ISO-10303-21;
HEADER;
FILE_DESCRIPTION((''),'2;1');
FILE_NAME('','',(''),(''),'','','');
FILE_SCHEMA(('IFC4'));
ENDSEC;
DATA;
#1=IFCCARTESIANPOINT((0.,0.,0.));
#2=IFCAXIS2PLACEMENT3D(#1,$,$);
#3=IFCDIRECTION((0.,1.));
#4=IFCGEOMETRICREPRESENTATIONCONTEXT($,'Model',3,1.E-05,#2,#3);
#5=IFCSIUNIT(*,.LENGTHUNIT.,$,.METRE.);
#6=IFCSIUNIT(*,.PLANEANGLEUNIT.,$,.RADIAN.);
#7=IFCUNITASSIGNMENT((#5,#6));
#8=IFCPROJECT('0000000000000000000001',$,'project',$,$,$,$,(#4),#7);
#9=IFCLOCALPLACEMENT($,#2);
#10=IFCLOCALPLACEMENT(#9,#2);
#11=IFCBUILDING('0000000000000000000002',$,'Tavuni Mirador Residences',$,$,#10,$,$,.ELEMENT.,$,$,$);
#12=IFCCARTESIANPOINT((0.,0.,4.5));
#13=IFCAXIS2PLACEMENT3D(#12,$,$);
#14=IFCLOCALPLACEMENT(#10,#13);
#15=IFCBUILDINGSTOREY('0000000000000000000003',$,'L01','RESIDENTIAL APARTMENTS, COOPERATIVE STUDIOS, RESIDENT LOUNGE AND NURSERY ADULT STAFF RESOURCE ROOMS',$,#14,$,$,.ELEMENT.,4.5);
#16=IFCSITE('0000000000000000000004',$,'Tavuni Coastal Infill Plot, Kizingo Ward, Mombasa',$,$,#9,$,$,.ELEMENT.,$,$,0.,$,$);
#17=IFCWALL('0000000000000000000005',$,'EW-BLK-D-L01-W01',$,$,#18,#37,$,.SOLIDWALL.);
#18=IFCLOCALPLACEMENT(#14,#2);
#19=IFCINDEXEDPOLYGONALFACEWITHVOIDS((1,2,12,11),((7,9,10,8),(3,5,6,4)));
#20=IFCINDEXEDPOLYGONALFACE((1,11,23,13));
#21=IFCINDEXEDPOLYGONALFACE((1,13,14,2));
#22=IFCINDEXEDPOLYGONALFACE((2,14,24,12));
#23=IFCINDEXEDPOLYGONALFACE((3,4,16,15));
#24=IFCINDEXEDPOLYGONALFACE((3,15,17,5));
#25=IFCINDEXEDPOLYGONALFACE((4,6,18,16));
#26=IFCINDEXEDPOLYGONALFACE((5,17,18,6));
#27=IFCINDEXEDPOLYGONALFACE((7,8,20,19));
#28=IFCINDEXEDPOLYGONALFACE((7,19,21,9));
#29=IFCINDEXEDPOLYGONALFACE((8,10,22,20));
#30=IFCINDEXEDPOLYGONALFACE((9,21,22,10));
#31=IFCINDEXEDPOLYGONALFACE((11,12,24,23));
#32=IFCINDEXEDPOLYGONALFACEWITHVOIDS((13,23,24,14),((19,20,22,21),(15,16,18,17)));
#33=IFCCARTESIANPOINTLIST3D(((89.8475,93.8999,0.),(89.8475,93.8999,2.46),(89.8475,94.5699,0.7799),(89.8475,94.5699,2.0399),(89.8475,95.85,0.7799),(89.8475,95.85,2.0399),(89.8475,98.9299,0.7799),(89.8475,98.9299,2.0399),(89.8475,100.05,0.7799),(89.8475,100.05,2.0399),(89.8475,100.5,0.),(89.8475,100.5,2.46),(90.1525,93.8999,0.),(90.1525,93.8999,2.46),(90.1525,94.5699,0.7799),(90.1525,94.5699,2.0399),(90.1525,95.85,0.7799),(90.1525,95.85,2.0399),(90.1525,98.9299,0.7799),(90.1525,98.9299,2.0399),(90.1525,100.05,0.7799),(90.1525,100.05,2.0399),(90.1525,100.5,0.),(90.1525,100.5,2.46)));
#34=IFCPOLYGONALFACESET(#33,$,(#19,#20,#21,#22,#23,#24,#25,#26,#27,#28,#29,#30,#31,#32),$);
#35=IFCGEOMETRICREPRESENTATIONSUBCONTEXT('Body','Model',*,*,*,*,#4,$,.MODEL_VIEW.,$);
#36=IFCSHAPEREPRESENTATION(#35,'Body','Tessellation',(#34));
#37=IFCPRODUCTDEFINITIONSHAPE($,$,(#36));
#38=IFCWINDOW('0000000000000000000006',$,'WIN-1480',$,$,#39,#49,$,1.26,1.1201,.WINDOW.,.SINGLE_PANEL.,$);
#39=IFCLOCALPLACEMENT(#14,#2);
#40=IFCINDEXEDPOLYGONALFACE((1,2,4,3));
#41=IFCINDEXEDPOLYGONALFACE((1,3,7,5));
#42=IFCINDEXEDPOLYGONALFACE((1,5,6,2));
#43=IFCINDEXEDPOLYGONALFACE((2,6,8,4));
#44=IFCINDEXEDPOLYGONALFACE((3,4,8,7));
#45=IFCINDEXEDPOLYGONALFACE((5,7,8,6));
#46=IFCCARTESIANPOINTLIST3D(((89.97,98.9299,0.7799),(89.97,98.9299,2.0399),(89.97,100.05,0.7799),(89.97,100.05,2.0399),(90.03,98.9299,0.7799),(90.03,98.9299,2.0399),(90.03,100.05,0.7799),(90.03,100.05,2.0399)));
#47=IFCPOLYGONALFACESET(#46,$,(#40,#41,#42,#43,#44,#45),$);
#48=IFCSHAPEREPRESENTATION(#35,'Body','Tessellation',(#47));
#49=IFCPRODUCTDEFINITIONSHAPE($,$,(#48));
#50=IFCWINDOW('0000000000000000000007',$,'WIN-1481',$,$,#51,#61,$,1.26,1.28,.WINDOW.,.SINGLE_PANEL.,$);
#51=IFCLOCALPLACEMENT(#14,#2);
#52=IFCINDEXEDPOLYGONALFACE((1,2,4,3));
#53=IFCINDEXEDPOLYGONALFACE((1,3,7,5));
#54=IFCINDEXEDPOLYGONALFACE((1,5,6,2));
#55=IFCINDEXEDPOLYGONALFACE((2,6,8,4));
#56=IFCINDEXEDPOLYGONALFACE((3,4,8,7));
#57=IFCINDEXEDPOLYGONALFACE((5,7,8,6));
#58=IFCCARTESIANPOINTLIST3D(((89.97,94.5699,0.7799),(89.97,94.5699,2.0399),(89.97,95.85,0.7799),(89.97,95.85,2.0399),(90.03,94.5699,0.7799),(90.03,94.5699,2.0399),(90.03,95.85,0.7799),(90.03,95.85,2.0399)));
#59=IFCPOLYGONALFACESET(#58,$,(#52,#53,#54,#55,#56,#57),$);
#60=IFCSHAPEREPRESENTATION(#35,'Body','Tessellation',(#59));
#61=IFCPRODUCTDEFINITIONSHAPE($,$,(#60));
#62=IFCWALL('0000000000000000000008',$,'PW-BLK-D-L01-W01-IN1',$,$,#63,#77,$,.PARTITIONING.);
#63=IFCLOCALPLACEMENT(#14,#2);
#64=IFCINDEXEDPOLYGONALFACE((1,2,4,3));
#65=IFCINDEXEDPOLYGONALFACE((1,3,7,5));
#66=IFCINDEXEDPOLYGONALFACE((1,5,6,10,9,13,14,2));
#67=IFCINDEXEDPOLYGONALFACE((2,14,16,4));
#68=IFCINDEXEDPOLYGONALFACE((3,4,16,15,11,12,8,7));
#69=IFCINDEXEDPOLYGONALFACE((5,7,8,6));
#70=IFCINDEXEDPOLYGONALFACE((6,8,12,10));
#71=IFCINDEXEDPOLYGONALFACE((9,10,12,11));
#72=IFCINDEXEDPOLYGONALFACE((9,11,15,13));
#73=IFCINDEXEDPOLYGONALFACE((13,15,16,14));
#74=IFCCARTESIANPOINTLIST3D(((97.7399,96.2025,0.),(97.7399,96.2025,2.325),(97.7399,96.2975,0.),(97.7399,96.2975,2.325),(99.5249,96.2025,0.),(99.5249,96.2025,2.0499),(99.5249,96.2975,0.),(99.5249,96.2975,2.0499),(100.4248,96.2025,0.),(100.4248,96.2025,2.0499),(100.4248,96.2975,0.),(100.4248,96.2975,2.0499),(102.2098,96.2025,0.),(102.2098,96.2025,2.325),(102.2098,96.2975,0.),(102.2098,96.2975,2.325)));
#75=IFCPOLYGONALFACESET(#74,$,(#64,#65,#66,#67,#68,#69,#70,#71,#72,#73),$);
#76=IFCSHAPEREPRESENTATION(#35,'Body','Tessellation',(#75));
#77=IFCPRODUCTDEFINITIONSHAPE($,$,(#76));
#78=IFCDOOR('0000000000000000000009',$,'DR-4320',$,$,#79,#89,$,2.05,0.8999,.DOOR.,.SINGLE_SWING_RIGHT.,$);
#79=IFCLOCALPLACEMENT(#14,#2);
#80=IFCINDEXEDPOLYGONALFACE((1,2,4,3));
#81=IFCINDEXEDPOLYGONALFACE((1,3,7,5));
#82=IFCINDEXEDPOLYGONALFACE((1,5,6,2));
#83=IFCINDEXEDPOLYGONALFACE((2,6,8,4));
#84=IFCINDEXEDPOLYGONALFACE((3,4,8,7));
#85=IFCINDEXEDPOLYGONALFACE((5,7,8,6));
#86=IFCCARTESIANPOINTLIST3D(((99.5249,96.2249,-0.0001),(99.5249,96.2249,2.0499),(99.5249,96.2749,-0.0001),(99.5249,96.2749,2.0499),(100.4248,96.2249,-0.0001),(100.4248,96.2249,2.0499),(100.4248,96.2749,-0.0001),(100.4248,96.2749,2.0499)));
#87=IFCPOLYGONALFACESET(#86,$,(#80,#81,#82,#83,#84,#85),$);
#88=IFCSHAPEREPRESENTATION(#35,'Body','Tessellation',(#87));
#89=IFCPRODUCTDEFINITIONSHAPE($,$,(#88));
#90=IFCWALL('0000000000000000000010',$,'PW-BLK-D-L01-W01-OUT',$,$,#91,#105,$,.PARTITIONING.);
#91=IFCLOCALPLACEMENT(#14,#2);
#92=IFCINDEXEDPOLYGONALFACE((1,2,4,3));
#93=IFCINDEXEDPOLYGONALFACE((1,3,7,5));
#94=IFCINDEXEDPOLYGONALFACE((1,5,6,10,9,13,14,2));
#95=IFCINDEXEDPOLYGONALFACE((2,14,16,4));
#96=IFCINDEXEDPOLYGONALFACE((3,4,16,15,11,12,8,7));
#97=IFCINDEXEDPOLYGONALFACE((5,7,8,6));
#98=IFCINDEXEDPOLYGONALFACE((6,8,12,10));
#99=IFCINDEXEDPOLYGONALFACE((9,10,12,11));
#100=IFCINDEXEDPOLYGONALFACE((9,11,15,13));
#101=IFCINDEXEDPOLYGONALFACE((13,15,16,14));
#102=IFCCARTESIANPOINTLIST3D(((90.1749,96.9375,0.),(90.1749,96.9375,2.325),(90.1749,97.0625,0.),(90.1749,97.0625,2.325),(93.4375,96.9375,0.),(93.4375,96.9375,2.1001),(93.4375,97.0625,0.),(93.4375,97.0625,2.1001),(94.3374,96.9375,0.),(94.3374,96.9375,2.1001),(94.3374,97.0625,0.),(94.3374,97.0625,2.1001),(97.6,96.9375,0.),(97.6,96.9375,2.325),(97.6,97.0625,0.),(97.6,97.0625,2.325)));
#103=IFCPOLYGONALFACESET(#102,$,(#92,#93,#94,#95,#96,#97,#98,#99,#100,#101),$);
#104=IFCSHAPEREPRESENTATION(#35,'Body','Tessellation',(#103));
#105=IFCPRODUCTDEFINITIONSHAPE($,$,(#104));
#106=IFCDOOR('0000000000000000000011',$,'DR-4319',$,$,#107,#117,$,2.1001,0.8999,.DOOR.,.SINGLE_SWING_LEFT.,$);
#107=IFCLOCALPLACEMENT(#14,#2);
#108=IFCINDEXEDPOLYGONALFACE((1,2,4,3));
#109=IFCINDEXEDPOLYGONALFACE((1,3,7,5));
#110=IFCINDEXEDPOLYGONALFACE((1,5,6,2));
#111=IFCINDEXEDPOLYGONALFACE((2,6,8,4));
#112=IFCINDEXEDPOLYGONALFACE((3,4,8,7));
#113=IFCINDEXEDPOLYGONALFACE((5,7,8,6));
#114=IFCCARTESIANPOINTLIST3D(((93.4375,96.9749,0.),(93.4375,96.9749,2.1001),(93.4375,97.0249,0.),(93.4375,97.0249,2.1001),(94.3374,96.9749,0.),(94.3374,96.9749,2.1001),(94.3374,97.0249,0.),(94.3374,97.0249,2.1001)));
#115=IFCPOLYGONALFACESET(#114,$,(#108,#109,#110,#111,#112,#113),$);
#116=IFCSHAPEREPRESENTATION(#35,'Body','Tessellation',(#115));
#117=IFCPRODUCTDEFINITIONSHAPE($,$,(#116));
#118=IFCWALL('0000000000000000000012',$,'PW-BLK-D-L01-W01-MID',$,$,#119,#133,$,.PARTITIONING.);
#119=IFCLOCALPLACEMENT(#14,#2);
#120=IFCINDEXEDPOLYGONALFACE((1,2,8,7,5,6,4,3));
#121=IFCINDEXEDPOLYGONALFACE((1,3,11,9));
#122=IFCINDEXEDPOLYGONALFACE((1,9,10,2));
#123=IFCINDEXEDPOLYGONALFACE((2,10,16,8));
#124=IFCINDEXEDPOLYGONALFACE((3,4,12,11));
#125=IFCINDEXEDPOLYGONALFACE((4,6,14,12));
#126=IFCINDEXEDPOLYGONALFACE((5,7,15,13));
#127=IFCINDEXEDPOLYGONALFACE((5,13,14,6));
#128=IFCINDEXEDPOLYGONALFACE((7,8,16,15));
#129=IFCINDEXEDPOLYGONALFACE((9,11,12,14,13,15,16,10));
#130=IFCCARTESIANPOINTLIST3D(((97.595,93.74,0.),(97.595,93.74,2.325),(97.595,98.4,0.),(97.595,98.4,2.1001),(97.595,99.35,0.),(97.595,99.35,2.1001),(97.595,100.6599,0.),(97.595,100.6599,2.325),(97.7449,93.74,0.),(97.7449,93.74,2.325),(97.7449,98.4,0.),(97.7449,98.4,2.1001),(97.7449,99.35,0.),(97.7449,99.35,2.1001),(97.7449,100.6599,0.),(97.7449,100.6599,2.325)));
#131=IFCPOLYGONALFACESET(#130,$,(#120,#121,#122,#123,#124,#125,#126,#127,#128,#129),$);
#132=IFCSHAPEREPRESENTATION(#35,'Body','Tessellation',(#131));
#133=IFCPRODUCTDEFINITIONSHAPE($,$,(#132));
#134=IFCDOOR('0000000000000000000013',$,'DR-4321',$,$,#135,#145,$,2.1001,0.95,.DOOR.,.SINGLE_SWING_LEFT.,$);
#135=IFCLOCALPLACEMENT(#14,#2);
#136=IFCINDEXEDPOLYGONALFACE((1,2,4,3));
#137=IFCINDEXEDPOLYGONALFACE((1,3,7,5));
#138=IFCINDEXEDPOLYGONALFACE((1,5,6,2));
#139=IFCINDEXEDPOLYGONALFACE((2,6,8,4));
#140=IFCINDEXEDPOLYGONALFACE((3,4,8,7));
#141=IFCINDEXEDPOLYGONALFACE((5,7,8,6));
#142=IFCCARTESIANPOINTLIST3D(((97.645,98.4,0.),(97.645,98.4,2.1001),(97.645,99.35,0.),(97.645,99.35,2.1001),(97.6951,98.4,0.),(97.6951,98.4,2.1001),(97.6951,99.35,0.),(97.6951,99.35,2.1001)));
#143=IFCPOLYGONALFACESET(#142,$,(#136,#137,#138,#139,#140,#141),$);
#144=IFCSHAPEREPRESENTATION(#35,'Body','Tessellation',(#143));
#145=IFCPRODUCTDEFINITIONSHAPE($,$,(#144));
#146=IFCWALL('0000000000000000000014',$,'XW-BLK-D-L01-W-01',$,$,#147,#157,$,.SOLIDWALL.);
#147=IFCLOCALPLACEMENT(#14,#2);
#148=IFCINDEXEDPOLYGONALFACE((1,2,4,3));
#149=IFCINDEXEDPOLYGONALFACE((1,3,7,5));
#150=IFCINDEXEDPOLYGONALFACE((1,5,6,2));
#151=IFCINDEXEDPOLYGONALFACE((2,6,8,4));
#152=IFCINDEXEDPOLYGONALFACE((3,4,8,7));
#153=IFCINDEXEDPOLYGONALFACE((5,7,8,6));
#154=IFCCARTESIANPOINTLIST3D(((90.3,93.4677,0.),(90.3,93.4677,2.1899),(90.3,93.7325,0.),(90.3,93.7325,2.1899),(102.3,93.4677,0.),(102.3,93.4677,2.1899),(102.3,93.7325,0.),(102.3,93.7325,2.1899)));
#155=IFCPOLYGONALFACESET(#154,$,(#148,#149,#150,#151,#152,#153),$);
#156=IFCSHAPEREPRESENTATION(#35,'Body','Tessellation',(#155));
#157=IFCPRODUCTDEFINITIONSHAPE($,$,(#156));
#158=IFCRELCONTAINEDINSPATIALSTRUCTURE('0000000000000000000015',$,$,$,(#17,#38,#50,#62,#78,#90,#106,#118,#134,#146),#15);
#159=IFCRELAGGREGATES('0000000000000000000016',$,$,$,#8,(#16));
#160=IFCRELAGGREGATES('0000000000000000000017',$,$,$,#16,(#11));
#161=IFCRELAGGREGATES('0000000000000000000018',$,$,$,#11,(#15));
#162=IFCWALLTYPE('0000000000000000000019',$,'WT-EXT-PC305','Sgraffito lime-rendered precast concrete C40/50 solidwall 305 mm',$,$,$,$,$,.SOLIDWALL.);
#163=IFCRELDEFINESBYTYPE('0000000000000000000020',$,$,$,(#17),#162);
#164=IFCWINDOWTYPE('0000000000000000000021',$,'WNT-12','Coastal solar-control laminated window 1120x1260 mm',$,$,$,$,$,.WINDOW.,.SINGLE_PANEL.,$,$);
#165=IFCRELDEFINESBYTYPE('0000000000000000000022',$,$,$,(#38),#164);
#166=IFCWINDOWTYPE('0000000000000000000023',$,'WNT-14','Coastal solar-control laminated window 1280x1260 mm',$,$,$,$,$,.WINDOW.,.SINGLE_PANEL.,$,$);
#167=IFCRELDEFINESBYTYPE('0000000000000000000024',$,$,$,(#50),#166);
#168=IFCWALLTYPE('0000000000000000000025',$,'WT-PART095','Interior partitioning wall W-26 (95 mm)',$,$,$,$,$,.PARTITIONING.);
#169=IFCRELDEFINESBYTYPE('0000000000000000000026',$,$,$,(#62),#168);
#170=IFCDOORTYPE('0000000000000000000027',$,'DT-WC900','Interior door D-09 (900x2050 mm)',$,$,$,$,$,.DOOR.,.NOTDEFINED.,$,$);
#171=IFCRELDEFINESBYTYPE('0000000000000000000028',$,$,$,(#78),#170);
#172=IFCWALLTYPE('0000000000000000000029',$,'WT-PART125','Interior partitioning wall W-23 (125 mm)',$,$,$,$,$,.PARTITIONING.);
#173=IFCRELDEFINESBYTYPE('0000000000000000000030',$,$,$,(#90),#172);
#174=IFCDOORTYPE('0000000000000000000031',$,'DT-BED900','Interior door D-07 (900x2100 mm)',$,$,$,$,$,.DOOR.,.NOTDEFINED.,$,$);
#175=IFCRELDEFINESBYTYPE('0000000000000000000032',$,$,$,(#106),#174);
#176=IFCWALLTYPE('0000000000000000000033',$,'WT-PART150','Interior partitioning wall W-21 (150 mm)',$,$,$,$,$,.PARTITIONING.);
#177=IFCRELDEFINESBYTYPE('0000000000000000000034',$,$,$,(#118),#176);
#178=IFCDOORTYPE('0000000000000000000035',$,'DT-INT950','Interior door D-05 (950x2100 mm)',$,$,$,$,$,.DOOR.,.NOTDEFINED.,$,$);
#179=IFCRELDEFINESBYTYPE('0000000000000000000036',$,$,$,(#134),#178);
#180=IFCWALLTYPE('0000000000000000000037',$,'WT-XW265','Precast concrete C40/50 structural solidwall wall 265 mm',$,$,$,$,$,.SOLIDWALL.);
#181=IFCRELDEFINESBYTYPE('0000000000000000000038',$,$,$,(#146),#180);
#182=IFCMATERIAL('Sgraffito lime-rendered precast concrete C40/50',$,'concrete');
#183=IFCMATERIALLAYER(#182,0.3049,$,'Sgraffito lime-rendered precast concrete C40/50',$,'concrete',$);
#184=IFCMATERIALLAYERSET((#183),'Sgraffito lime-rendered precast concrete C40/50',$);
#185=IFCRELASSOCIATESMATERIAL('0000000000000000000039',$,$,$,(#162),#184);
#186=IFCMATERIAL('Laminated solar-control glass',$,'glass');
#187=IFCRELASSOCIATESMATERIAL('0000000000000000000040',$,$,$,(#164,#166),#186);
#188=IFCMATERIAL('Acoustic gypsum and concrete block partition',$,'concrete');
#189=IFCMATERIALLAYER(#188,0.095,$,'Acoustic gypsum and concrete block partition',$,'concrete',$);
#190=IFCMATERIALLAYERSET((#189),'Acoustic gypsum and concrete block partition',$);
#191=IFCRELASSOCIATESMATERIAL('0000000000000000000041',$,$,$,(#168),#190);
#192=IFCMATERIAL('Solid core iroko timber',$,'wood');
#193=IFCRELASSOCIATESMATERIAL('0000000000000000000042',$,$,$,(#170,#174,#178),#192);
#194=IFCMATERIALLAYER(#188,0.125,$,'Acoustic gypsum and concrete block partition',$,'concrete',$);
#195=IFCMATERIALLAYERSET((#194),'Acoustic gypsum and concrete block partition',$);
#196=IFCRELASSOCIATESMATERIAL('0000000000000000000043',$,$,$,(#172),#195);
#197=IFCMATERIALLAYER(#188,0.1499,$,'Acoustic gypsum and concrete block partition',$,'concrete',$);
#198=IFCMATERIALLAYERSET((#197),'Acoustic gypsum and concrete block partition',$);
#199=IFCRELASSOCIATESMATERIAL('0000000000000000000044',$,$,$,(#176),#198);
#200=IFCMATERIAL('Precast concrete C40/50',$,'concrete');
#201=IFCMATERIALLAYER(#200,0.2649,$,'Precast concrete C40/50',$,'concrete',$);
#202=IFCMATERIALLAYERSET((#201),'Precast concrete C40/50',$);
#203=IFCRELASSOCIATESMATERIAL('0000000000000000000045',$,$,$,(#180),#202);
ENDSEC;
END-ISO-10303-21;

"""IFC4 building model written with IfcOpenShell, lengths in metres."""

from ifc_helpers import new_model, si_unit, direction, frame, frame_2d, origin, place, context, subcontext, project, spatial, rectangle, extrude, material, layer, layer_set, type_object, element, fill, save


model = new_model("IFC4")

# Units and contexts
model_context = context("Model", 3, precision=1e-05, world=origin(), true_north=direction((0.0, 1.0)))
body_context = subcontext(model_context, "Body", "Model", "MODEL_VIEW")
ifc_project = project(units=[si_unit("LENGTHUNIT", "METRE"), si_unit("PLANEANGLEUNIT", "RADIAN")], contexts=[model_context])

# Site, building, storey
site_placement = place(None, origin())
site = spatial("IfcSite", under=ifc_project, at=site_placement, Name="Tavuni Coastal Infill Plot, Kizingo Ward, Mombasa", CompositionType="ELEMENT", RefElevation=0.0)
building_placement = place(site_placement, origin())
building = spatial("IfcBuilding", under=site, at=building_placement, Name="Tavuni Mirador Residences", CompositionType="ELEMENT")
storey_placement = place(building_placement, frame((0.0, 0.0, 4.5)))
storey = spatial("IfcBuildingStorey", under=building, at=storey_placement, Name="L01", Description="RESIDENTIAL APARTMENTS, COOPERATIVE STUDIOS, RESIDENT LOUNGE AND NURSERY ADULT STAFF RESOURCE ROOMS", CompositionType="ELEMENT", Elevation=4.5)

# Shared definitions
ifc_material_1 = material(Name="Precast concrete C40/50", Category="concrete")

# Shared definitions
ifc_material_2 = material(Name="Solid core iroko timber", Category="wood")

# Wall, openings, windows
ifc_material_3 = material(Name="Sgraffito lime-rendered precast concrete C40/50", Category="concrete")
ifc_layer_1 = layer(ifc_material_3, 0.3049, Name="Sgraffito lime-rendered precast concrete C40/50", Category="concrete")
ifc_layer_set_1 = layer_set([ifc_layer_1], Name="Sgraffito lime-rendered precast concrete C40/50")
wall_type_1 = type_object("IfcWallType", Name="WT-EXT-PC305", Description="Sgraffito lime-rendered precast concrete C40/50 solidwall 305 mm", PredefinedType="SOLIDWALL", material=ifc_layer_set_1)
wall_1_placement = place(storey_placement, frame((90.0, 100.5, 0.0), z_axis=(0.0, 0.0, 1.0), x_axis=(0.0, -1.0, 0.0)))
wall_1 = element("IfcWall", 1, at=wall_1_placement, inside=storey, type_object=wall_type_1, Name="EW-BLK-D-L01-W01", PredefinedType="SOLIDWALL", context=body_context, shape_type="SweptSolid", body=[
    extrude(rectangle(XDim=6.6001, YDim=0.3049, at=frame_2d((3.3, 0.0))), origin(), (0.0, 0.0, 1.0), 2.46),
])
opening_1_placement = place(wall_1_placement, frame((0.45, 0.0, 0.78)))
opening_1 = element("IfcOpeningElement", 2, at=opening_1_placement, cuts=wall_1, PredefinedType="OPENING", context=body_context, shape_type="SweptSolid", body=[
    extrude(rectangle(XDim=1.1201, YDim=1.26, at=frame_2d((0.5601, 0.6299))), frame((0.0, 0.1626, 0.0), z_axis=(0.0, -1.0, 0.0), x_axis=(1.0, 0.0, 0.0)), (0.0, 0.0, 1.0), 0.325),
])
opening_2_placement = place(wall_1_placement, frame((4.6499, 0.0, 0.78)))
opening_2 = element("IfcOpeningElement", 3, at=opening_2_placement, cuts=wall_1, PredefinedType="OPENING", context=body_context, shape_type="SweptSolid", body=[
    extrude(rectangle(XDim=1.28, YDim=1.26, at=frame_2d((0.6401, 0.6299))), frame((0.0, 0.1626, 0.0), z_axis=(0.0, -1.0, 0.0), x_axis=(1.0, 0.0, 0.0)), (0.0, 0.0, 1.0), 0.325),
])
ifc_material_4 = material(Name="Laminated solar-control glass", Category="glass")
window_type_1 = type_object("IfcWindowType", Name="WNT-12", Description="Coastal solar-control laminated window 1120x1260 mm", PartitioningType="SINGLE_PANEL", PredefinedType="WINDOW", material=ifc_material_4)
window_1_placement = place(opening_1_placement, origin())
window_1 = element("IfcWindow", 4, at=window_1_placement, inside=storey, type_object=window_type_1, Name="WIN-1480", OverallHeight=1.26, OverallWidth=1.1201, PartitioningType="SINGLE_PANEL", PredefinedType="WINDOW", context=body_context, shape_type="SweptSolid", body=[
    extrude(rectangle(XDim=1.1201, YDim=1.26, at=frame_2d((0.5601, 0.6299))), frame((0.0, 0.03, 0.0), z_axis=(0.0, -1.0, 0.0), x_axis=(1.0, 0.0, 0.0)), (0.0, 0.0, 1.0), 0.0601),
])
fill(opening_1, window_1)
window_type_2 = type_object("IfcWindowType", Name="WNT-14", Description="Coastal solar-control laminated window 1280x1260 mm", PartitioningType="SINGLE_PANEL", PredefinedType="WINDOW", material=ifc_material_4)
window_2_placement = place(opening_2_placement, origin())
window_2 = element("IfcWindow", 5, at=window_2_placement, inside=storey, type_object=window_type_2, Name="WIN-1481", OverallHeight=1.26, OverallWidth=1.28, PartitioningType="SINGLE_PANEL", PredefinedType="WINDOW", context=body_context, shape_type="SweptSolid", body=[
    extrude(rectangle(XDim=1.28, YDim=1.26, at=frame_2d((0.6401, 0.6299))), frame((0.0, 0.03, 0.0), z_axis=(0.0, -1.0, 0.0), x_axis=(1.0, 0.0, 0.0)), (0.0, 0.0, 1.0), 0.0601),
])
fill(opening_2, window_2)

# Walls, openings, doors
ifc_material_5 = material(Name="Acoustic gypsum and concrete block partition", Category="concrete")
ifc_layer_2 = layer(ifc_material_5, 0.095, Name="Acoustic gypsum and concrete block partition", Category="concrete")
ifc_layer_set_2 = layer_set([ifc_layer_2], Name="Acoustic gypsum and concrete block partition")
wall_type_2 = type_object("IfcWallType", Name="WT-PART095", Description="Interior partitioning wall W-26 (95 mm)", PredefinedType="PARTITIONING", material=ifc_layer_set_2)
wall_2_placement = place(storey_placement, frame((97.74, 96.25, 0.0), z_axis=(0.0, 0.0, 1.0), x_axis=(1.0, 0.0, 0.0)))
wall_2 = element("IfcWall", 6, at=wall_2_placement, inside=storey, type_object=wall_type_2, Name="PW-BLK-D-L01-W01-IN1", PredefinedType="PARTITIONING", context=body_context, shape_type="SweptSolid", body=[
    extrude(rectangle(XDim=4.47, YDim=0.095, at=frame_2d((2.2349, 0.0))), origin(), (0.0, 0.0, 1.0), 2.325),
])
opening_3_placement = place(wall_2_placement, frame((1.7849, 0.0, 0.0)))
opening_3 = element("IfcOpeningElement", 7, at=opening_3_placement, cuts=wall_2, PredefinedType="OPENING", context=body_context, shape_type="SweptSolid", body=[
    extrude(rectangle(XDim=0.8999, YDim=2.05, at=frame_2d((0.45, 1.0249))), frame((0.0, 0.0576, 0.0), z_axis=(0.0, -1.0, 0.0), x_axis=(1.0, 0.0, 0.0)), (0.0, 0.0, 1.0), 0.115),
])
door_type_1 = type_object("IfcDoorType", Name="DT-WC900", Description="Interior door D-09 (900x2050 mm)", OperationType="NOTDEFINED", PredefinedType="DOOR", material=ifc_material_2)
door_1_placement = place(opening_3_placement, origin())
door_1 = element("IfcDoor", 8, at=door_1_placement, inside=storey, type_object=door_type_1, Name="DR-4320", OperationType="SINGLE_SWING_RIGHT", OverallHeight=2.05, OverallWidth=0.8999, PredefinedType="DOOR", context=body_context, shape_type="SweptSolid", body=[
    extrude(rectangle(XDim=0.8999, YDim=2.05, at=frame_2d((0.45, 1.0249))), frame((0.0, 0.0249, 0.0), z_axis=(0.0, -1.0, 0.0), x_axis=(1.0, 0.0, 0.0)), (0.0, 0.0, 1.0), 0.05),
])
fill(opening_3, door_1)
ifc_layer_3 = layer(ifc_material_5, 0.125, Name="Acoustic gypsum and concrete block partition", Category="concrete")
ifc_layer_set_3 = layer_set([ifc_layer_3], Name="Acoustic gypsum and concrete block partition")
wall_type_3 = type_object("IfcWallType", Name="WT-PART125", Description="Interior partitioning wall W-23 (125 mm)", PredefinedType="PARTITIONING", material=ifc_layer_set_3)
wall_3_placement = place(storey_placement, frame((90.175, 97.0, 0.0), z_axis=(0.0, 0.0, 1.0), x_axis=(1.0, 0.0, 0.0)))
wall_3 = element("IfcWall", 9, at=wall_3_placement, inside=storey, type_object=wall_type_3, Name="PW-BLK-D-L01-W01-OUT", PredefinedType="PARTITIONING", context=body_context, shape_type="SweptSolid", body=[
    extrude(rectangle(XDim=7.425, YDim=0.125, at=frame_2d((3.7124, 0.0))), origin(), (0.0, 0.0, 1.0), 2.325),
])
opening_4_placement = place(wall_3_placement, frame((3.2625, 0.0, 0.0)))
opening_4 = element("IfcOpeningElement", 10, at=opening_4_placement, cuts=wall_3, PredefinedType="OPENING", context=body_context, shape_type="SweptSolid", body=[
    extrude(rectangle(XDim=0.8999, YDim=2.1001, at=frame_2d((0.45, 1.05))), frame((0.0, 0.0725, 0.0), z_axis=(0.0, -1.0, 0.0), x_axis=(1.0, 0.0, 0.0)), (0.0, 0.0, 1.0), 0.145),
])
door_type_2 = type_object("IfcDoorType", Name="DT-BED900", Description="Interior door D-07 (900x2100 mm)", OperationType="NOTDEFINED", PredefinedType="DOOR", material=ifc_material_2)
door_2_placement = place(opening_4_placement, origin())
door_2 = element("IfcDoor", 11, at=door_2_placement, inside=storey, type_object=door_type_2, Name="DR-4319", OperationType="SINGLE_SWING_LEFT", OverallHeight=2.1001, OverallWidth=0.8999, PredefinedType="DOOR", context=body_context, shape_type="SweptSolid", body=[
    extrude(rectangle(XDim=0.8999, YDim=2.1001, at=frame_2d((0.45, 1.05))), frame((0.0, 0.0249, 0.0), z_axis=(0.0, -1.0, 0.0), x_axis=(1.0, 0.0, 0.0)), (0.0, 0.0, 1.0), 0.05),
])
fill(opening_4, door_2)
ifc_layer_4 = layer(ifc_material_5, 0.1499, Name="Acoustic gypsum and concrete block partition", Category="concrete")
ifc_layer_set_4 = layer_set([ifc_layer_4], Name="Acoustic gypsum and concrete block partition")
wall_type_4 = type_object("IfcWallType", Name="WT-PART150", Description="Interior partitioning wall W-21 (150 mm)", PredefinedType="PARTITIONING", material=ifc_layer_set_4)
wall_4_placement = place(storey_placement, frame((97.6699, 93.74, 0.0), z_axis=(0.0, 0.0, 1.0), x_axis=(0.0, 1.0, 0.0)))
wall_4 = element("IfcWall", 12, at=wall_4_placement, inside=storey, type_object=wall_type_4, Name="PW-BLK-D-L01-W01-MID", PredefinedType="PARTITIONING", context=body_context, shape_type="SweptSolid", body=[
    extrude(rectangle(XDim=6.9199, YDim=0.1499, at=frame_2d((3.46, 0.0))), origin(), (0.0, 0.0, 1.0), 2.325),
])
opening_5_placement = place(wall_4_placement, frame((4.6599, 0.0, 0.0)))
opening_5 = element("IfcOpeningElement", 13, at=opening_5_placement, cuts=wall_4, PredefinedType="OPENING", context=body_context, shape_type="SweptSolid", body=[
    extrude(rectangle(XDim=0.95, YDim=2.1001, at=frame_2d((0.4751, 1.05))), frame((0.0, 0.085, 0.0), z_axis=(0.0, -1.0, 0.0), x_axis=(1.0, 0.0, 0.0)), (0.0, 0.0, 1.0), 0.1699),
])
door_type_3 = type_object("IfcDoorType", Name="DT-INT950", Description="Interior door D-05 (950x2100 mm)", OperationType="NOTDEFINED", PredefinedType="DOOR", material=ifc_material_2)
door_3_placement = place(opening_5_placement, origin())
door_3 = element("IfcDoor", 14, at=door_3_placement, inside=storey, type_object=door_type_3, Name="DR-4321", OperationType="SINGLE_SWING_LEFT", OverallHeight=2.1001, OverallWidth=0.95, PredefinedType="DOOR", context=body_context, shape_type="SweptSolid", body=[
    extrude(rectangle(XDim=0.95, YDim=2.1001, at=frame_2d((0.4751, 1.05))), frame((0.0, 0.0249, 0.0), z_axis=(0.0, -1.0, 0.0), x_axis=(1.0, 0.0, 0.0)), (0.0, 0.0, 1.0), 0.05),
])
fill(opening_5, door_3)

# Wall
ifc_layer_5 = layer(ifc_material_1, 0.2649, Name="Precast concrete C40/50", Category="concrete")
ifc_layer_set_5 = layer_set([ifc_layer_5], Name="Precast concrete C40/50")
wall_type_5 = type_object("IfcWallType", Name="WT-XW265", Description="Precast concrete C40/50 structural solidwall wall 265 mm", PredefinedType="SOLIDWALL", material=ifc_layer_set_5)
for number, where, z_axis, x_axis, name in (
    (15, (90.3, 93.6001, 0.0), (0.0, 0.0, 1.0), (1.0, 0.0, 0.0), "XW-BLK-D-L01-W-01"),
):
    element("IfcWall", number, at=place(storey_placement, frame(where, z_axis=z_axis, x_axis=x_axis)), inside=storey, type_object=wall_type_5, Name=name, PredefinedType="SOLIDWALL", context=body_context, shape_type="SweptSolid", body=[
        extrude(rectangle(XDim=12.0, YDim=0.2649, at=frame_2d((6.0, 0.0))), origin(), (0.0, 0.0, 1.0), 2.1899),
    ])

save(model, "model.ifc")
